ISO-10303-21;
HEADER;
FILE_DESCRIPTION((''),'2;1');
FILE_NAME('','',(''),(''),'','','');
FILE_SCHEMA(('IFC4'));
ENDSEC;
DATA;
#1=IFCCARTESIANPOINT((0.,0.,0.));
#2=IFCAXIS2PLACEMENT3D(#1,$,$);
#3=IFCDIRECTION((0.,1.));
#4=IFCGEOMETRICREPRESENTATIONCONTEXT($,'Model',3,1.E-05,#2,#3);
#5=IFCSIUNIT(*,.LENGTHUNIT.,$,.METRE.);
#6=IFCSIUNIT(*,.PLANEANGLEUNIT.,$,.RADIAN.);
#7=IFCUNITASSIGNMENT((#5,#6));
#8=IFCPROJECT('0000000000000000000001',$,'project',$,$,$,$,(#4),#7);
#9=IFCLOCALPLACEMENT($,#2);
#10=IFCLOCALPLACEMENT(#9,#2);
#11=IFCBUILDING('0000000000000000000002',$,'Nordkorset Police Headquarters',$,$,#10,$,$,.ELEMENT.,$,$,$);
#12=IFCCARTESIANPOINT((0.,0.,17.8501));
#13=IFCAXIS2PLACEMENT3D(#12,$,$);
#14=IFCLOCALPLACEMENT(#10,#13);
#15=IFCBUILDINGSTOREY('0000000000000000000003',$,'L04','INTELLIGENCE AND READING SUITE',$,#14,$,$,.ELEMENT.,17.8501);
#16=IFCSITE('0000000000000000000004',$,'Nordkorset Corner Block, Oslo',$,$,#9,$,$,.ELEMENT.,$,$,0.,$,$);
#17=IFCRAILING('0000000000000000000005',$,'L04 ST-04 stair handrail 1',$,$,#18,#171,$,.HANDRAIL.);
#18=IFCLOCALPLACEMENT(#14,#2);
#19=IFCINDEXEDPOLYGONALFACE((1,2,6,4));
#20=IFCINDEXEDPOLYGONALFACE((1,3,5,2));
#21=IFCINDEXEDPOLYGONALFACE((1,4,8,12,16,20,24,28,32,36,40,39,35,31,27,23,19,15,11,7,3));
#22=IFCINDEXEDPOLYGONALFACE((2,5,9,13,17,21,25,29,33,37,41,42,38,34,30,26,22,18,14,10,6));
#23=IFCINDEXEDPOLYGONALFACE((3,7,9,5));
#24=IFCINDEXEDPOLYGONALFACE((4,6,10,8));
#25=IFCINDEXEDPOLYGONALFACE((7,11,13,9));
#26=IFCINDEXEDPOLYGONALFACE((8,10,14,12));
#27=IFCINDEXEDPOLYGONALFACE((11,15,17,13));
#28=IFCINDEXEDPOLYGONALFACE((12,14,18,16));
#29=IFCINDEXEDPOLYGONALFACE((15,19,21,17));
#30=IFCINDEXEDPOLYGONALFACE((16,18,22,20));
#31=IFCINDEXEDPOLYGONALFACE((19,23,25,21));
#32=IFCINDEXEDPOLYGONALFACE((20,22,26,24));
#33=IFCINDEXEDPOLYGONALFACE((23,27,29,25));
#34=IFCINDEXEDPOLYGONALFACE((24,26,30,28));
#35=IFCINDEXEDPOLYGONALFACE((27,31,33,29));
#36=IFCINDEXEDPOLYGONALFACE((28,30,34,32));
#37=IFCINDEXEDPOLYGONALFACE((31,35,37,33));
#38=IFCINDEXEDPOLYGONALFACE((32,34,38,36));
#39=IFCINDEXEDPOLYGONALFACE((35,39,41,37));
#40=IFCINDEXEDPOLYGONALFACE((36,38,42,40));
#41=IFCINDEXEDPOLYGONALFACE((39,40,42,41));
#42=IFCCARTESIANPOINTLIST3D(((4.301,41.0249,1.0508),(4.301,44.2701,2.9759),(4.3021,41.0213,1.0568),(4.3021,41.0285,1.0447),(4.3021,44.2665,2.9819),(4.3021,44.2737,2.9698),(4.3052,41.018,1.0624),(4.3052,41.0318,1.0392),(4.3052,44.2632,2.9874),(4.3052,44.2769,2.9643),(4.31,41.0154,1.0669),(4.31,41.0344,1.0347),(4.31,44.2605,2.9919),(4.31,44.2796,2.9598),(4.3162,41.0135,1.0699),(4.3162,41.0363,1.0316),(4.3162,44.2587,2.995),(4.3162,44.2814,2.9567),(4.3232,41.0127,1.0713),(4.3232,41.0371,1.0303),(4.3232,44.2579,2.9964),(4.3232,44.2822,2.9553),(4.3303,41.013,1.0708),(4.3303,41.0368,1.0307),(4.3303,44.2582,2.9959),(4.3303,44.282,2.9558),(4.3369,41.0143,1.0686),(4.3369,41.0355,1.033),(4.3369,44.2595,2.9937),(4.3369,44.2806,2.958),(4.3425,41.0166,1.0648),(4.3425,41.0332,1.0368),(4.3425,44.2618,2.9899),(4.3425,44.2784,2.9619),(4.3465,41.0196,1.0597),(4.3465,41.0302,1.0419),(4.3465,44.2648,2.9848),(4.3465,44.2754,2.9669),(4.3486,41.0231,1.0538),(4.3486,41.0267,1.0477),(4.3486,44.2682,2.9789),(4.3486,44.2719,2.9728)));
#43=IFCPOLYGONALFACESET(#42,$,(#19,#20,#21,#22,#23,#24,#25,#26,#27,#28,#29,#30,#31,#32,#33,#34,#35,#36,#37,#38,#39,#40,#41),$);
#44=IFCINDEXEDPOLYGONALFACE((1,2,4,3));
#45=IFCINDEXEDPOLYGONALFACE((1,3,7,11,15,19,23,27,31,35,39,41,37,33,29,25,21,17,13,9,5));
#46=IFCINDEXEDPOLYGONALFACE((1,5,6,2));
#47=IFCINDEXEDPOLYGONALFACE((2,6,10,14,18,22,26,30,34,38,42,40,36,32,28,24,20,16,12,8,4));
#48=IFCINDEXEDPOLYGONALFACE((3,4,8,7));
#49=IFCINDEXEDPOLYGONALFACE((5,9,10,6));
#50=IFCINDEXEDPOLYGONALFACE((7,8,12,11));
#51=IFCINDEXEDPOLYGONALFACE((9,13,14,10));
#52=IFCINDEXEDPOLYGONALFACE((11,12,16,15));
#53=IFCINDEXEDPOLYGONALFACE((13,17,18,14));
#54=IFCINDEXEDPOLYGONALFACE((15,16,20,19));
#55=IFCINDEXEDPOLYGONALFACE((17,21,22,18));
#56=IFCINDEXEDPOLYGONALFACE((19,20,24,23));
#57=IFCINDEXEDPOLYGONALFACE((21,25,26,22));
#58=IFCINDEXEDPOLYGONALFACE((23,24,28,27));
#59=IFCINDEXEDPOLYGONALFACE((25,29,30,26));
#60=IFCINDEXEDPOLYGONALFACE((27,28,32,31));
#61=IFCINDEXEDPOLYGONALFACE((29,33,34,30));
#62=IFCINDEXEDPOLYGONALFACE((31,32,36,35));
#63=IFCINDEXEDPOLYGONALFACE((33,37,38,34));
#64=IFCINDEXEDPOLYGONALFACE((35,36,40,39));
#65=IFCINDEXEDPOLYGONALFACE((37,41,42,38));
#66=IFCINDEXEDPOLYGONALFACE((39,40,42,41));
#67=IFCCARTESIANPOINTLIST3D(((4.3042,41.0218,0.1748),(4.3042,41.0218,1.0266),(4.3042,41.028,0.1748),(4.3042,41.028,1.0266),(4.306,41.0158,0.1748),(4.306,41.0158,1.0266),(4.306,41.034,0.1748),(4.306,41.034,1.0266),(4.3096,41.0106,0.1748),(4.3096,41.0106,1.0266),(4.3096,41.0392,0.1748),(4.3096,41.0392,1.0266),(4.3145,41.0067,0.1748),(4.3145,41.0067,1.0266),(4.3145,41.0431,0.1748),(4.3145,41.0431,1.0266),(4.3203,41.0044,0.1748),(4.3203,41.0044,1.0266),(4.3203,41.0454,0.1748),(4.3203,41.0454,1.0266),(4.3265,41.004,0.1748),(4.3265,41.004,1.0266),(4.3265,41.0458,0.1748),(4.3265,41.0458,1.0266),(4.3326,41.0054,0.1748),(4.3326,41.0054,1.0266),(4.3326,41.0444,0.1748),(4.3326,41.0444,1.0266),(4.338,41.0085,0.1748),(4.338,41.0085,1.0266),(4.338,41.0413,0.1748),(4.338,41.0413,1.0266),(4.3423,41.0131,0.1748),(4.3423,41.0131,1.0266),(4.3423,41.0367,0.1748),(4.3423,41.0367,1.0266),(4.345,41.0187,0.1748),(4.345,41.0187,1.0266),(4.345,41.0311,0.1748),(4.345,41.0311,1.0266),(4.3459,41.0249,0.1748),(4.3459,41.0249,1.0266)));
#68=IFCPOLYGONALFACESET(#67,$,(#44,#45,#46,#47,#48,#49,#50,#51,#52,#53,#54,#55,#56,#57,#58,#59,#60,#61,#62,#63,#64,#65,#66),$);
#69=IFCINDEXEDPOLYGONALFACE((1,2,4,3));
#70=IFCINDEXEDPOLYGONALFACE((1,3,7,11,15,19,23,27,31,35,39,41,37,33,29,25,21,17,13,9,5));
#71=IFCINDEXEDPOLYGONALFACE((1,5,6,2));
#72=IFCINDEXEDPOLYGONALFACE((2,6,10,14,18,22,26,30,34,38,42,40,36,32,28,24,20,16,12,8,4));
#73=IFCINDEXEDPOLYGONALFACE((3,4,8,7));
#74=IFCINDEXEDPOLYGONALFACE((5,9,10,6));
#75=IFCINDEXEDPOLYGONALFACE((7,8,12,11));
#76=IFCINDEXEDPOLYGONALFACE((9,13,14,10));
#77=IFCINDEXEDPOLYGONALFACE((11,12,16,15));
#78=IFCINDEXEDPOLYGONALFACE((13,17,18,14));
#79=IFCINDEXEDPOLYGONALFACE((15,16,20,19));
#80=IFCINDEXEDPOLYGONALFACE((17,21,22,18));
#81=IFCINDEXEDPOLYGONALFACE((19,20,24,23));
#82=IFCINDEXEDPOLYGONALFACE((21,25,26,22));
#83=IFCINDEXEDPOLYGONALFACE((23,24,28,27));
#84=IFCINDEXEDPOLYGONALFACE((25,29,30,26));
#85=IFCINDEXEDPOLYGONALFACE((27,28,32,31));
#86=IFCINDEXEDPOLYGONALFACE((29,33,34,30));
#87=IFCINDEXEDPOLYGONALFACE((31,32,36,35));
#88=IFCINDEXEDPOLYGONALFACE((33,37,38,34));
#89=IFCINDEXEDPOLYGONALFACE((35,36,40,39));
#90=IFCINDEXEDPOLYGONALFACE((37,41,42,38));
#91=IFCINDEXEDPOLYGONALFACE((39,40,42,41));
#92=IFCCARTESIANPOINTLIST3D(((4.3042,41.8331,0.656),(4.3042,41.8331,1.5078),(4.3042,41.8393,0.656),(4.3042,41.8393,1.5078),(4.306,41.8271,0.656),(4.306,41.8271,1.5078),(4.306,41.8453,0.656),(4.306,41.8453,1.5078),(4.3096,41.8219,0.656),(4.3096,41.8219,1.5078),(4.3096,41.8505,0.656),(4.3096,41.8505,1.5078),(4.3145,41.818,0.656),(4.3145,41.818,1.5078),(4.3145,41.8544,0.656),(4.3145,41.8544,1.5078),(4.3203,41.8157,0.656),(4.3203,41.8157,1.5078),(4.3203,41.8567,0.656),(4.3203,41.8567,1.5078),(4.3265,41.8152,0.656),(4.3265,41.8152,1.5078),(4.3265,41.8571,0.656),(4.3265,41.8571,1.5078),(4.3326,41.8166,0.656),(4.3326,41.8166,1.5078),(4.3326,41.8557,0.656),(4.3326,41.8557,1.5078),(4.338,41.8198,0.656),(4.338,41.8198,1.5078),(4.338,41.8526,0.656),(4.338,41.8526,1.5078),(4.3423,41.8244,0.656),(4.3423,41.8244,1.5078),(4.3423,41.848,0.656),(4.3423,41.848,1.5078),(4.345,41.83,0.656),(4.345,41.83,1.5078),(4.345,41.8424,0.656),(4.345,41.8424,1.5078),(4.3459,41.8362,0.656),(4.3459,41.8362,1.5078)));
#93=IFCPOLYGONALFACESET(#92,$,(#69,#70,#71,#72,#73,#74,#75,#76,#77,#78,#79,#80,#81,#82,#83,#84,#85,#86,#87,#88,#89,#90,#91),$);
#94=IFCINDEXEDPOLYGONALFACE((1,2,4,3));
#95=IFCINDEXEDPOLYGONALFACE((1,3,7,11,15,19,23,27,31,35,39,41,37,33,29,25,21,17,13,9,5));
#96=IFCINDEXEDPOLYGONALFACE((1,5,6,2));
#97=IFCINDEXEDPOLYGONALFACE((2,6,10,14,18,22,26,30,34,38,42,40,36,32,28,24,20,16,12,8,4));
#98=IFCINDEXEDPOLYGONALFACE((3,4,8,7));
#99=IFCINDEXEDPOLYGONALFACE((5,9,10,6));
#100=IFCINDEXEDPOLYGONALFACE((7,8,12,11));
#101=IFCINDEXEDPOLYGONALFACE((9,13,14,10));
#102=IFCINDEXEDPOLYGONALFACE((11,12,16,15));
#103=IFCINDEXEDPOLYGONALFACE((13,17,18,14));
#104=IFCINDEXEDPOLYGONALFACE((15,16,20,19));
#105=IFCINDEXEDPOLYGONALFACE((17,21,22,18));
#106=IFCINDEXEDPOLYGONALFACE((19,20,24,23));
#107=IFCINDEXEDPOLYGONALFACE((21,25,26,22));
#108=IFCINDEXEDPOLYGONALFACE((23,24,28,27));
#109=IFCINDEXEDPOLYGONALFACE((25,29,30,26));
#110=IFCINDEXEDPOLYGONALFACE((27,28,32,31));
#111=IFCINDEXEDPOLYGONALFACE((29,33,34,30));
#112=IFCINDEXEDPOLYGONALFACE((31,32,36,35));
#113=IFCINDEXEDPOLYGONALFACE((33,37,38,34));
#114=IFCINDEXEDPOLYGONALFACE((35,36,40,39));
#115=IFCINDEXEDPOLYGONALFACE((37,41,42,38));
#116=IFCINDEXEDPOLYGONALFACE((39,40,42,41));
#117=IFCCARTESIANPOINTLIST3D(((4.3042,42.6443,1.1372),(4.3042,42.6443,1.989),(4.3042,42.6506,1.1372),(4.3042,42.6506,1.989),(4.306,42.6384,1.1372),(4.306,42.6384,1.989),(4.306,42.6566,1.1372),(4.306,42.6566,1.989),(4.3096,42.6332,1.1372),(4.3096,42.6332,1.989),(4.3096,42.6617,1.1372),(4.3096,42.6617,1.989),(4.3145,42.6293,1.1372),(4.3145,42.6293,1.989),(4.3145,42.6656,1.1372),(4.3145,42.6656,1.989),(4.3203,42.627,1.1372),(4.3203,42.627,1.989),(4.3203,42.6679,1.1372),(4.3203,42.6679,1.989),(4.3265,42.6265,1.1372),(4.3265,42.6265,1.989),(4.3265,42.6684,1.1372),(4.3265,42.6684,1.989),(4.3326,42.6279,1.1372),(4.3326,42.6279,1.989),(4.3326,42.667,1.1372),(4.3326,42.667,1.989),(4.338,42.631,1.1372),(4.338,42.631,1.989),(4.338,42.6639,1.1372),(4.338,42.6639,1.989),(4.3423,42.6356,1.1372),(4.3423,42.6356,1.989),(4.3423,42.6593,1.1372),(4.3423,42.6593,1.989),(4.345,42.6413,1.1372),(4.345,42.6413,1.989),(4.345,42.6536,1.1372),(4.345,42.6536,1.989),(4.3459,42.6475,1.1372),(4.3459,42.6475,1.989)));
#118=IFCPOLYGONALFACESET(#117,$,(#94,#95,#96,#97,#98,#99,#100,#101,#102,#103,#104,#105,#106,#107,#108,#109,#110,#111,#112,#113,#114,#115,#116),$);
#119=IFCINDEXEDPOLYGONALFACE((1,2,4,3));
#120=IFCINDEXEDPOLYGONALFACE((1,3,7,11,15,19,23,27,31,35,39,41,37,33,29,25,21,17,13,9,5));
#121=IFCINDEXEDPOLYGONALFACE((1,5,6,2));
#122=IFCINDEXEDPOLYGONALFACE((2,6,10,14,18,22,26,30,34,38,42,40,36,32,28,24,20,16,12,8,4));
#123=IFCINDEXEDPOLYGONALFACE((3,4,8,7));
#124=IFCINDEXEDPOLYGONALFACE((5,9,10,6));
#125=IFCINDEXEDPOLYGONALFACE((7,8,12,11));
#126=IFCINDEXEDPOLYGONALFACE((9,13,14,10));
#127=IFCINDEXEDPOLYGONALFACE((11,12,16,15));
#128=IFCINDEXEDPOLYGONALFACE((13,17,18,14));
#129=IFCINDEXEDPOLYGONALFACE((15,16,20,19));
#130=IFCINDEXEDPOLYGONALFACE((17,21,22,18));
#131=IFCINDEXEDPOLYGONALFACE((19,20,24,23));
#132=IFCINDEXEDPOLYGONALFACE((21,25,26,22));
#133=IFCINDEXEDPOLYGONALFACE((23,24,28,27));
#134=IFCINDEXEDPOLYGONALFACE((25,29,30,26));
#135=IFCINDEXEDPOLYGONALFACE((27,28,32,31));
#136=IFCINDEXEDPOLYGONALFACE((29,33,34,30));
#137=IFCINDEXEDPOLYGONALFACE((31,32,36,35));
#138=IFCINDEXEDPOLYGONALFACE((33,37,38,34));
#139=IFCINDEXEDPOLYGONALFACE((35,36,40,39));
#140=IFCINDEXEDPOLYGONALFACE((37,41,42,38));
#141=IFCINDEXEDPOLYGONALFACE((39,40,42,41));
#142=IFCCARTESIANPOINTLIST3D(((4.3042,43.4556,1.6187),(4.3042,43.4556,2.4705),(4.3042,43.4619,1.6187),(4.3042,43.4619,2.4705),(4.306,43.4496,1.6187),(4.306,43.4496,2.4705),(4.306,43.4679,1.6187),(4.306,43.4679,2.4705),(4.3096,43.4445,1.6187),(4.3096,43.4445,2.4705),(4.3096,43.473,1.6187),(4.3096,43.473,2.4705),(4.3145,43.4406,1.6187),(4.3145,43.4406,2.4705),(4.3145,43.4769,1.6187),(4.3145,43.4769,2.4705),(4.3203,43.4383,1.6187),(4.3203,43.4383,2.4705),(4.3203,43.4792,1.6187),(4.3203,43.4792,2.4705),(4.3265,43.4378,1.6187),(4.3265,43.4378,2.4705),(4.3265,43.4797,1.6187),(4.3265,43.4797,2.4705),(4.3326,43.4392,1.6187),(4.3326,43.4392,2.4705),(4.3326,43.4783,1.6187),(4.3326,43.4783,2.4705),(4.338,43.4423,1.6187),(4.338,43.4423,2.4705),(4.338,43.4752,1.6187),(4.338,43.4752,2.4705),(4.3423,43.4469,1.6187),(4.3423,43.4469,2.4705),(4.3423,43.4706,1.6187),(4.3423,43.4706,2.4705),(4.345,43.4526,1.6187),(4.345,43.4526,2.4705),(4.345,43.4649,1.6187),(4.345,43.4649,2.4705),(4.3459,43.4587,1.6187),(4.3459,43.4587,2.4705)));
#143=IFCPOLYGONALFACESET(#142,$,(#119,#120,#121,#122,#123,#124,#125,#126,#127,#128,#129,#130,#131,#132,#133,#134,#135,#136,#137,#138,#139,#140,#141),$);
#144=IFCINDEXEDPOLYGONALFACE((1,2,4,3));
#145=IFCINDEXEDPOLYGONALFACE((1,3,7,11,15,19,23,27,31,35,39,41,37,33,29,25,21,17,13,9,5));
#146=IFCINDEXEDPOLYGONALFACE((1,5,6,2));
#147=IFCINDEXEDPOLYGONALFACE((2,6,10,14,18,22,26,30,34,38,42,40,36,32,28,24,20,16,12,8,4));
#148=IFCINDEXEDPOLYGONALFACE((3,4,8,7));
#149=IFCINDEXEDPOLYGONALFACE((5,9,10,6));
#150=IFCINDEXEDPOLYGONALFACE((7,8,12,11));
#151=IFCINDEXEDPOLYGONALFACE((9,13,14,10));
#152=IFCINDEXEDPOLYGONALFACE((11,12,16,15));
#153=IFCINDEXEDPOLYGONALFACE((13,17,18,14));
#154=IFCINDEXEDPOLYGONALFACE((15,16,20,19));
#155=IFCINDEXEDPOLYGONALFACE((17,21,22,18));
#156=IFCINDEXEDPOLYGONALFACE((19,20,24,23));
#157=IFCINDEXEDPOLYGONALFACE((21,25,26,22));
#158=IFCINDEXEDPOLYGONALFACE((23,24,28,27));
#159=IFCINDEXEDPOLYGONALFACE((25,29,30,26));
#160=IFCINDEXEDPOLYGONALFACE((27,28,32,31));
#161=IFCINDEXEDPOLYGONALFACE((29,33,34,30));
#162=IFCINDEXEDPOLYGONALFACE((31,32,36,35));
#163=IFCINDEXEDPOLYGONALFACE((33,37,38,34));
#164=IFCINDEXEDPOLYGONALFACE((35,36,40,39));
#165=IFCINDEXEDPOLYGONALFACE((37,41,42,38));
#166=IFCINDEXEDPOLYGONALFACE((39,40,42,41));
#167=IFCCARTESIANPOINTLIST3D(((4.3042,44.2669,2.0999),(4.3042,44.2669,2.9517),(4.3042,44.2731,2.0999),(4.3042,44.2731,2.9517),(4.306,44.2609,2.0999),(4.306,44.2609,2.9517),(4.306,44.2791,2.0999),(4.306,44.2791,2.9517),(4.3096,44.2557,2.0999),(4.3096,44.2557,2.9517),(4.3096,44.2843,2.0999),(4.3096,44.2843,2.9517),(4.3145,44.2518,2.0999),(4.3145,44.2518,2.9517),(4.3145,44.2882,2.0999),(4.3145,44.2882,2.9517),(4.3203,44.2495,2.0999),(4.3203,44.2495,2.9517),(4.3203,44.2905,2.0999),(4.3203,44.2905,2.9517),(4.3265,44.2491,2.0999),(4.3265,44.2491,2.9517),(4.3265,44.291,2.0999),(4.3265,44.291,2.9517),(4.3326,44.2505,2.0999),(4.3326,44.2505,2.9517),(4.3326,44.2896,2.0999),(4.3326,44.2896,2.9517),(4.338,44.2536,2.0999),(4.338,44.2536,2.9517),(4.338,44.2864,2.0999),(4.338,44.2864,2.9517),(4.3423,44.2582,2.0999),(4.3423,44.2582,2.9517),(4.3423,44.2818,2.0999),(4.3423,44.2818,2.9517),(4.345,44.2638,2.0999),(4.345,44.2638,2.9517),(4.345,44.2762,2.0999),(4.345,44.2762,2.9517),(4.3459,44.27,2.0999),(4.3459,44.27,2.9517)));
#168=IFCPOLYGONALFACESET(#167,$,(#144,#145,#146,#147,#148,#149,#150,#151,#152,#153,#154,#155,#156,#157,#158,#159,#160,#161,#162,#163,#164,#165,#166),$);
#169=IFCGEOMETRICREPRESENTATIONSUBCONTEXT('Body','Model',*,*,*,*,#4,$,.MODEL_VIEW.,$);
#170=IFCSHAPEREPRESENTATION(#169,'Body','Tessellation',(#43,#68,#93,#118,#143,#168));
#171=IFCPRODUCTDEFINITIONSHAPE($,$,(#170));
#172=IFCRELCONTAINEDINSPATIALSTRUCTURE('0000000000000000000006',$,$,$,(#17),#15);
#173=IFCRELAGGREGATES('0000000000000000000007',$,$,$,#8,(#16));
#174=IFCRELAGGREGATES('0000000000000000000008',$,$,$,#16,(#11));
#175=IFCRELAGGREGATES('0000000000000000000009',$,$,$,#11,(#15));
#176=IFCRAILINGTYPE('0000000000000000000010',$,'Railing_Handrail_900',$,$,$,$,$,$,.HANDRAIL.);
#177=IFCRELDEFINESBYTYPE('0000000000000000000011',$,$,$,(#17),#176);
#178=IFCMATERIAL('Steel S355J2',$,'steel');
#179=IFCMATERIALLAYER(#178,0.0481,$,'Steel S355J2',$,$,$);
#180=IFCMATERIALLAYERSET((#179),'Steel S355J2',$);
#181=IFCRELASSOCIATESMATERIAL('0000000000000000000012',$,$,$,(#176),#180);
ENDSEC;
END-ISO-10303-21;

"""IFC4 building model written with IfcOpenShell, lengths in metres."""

from ifc_helpers import new_model, si_unit, direction, frame, origin, origin_2d, place, context, subcontext, project, spatial, circle, extrude, material, layer, layer_set, type_object, element, save


model = new_model("IFC4")

# Units and contexts
model_context = context("Model", 3, precision=1e-05, world=origin(), true_north=direction((0.0, 1.0)))
body_context = subcontext(model_context, "Body", "Model", "MODEL_VIEW")
ifc_project = project(units=[si_unit("LENGTHUNIT", "METRE"), si_unit("PLANEANGLEUNIT", "RADIAN")], contexts=[model_context])

# Site, building, storey
site_placement = place(None, origin())
site = spatial("IfcSite", under=ifc_project, at=site_placement, Name="Nordkorset Corner Block, Oslo", CompositionType="ELEMENT", RefElevation=0.0)
building_placement = place(site_placement, origin())
building = spatial("IfcBuilding", under=site, at=building_placement, Name="Nordkorset Police Headquarters", CompositionType="ELEMENT")
storey_placement = place(building_placement, frame((0.0, 0.0, 17.8501)))
storey = spatial("IfcBuildingStorey", under=building, at=storey_placement, Name="L04", Description="INTELLIGENCE AND READING SUITE", CompositionType="ELEMENT", Elevation=17.8501)

# Railing
ifc_material_1 = material(Name="Steel S355J2", Category="steel")
ifc_layer_1 = layer(ifc_material_1, 0.0481, Name="Steel S355J2")
ifc_layer_set_1 = layer_set([ifc_layer_1], Name="Steel S355J2")
railing_type_1 = type_object("IfcRailingType", Name="Railing_Handrail_900", PredefinedType="HANDRAIL", material=ifc_layer_set_1)
railing_1_placement = place(storey_placement, frame((4.325, 41.0249, 0.1748)))
element("IfcRailing", 1, at=railing_1_placement, inside=storey, type_object=railing_type_1, Name="L04 ST-04 stair handrail 1", PredefinedType="HANDRAIL", context=body_context, shape_type="SweptSolid", body=[
    extrude(circle(Radius=0.0239, at=origin_2d()), frame((0.0, 0.0, 0.876), z_axis=(0.0, 0.860057, 0.510198), x_axis=(-1.0, 0.0, 0.0)), (0.0, 0.0, 1.0), 3.7732),
    extrude(circle(Radius=0.021, at=origin_2d()), origin(), (0.0, 0.0, 1.0), 0.8518),
    extrude(circle(Radius=0.021, at=origin_2d()), frame((0.0, 0.8113, 0.4812)), (0.0, 0.0, 1.0), 0.8518),
    extrude(circle(Radius=0.021, at=origin_2d()), frame((0.0, 1.6226, 0.9624)), (0.0, 0.0, 1.0), 0.8518),
    extrude(circle(Radius=0.021, at=origin_2d()), frame((0.0, 2.4338, 1.4438)), (0.0, 0.0, 1.0), 0.8518),
    extrude(circle(Radius=0.021, at=origin_2d()), frame((0.0, 3.2451, 1.925)), (0.0, 0.0, 1.0), 0.8518),
])

save(model, "model.ifc")
